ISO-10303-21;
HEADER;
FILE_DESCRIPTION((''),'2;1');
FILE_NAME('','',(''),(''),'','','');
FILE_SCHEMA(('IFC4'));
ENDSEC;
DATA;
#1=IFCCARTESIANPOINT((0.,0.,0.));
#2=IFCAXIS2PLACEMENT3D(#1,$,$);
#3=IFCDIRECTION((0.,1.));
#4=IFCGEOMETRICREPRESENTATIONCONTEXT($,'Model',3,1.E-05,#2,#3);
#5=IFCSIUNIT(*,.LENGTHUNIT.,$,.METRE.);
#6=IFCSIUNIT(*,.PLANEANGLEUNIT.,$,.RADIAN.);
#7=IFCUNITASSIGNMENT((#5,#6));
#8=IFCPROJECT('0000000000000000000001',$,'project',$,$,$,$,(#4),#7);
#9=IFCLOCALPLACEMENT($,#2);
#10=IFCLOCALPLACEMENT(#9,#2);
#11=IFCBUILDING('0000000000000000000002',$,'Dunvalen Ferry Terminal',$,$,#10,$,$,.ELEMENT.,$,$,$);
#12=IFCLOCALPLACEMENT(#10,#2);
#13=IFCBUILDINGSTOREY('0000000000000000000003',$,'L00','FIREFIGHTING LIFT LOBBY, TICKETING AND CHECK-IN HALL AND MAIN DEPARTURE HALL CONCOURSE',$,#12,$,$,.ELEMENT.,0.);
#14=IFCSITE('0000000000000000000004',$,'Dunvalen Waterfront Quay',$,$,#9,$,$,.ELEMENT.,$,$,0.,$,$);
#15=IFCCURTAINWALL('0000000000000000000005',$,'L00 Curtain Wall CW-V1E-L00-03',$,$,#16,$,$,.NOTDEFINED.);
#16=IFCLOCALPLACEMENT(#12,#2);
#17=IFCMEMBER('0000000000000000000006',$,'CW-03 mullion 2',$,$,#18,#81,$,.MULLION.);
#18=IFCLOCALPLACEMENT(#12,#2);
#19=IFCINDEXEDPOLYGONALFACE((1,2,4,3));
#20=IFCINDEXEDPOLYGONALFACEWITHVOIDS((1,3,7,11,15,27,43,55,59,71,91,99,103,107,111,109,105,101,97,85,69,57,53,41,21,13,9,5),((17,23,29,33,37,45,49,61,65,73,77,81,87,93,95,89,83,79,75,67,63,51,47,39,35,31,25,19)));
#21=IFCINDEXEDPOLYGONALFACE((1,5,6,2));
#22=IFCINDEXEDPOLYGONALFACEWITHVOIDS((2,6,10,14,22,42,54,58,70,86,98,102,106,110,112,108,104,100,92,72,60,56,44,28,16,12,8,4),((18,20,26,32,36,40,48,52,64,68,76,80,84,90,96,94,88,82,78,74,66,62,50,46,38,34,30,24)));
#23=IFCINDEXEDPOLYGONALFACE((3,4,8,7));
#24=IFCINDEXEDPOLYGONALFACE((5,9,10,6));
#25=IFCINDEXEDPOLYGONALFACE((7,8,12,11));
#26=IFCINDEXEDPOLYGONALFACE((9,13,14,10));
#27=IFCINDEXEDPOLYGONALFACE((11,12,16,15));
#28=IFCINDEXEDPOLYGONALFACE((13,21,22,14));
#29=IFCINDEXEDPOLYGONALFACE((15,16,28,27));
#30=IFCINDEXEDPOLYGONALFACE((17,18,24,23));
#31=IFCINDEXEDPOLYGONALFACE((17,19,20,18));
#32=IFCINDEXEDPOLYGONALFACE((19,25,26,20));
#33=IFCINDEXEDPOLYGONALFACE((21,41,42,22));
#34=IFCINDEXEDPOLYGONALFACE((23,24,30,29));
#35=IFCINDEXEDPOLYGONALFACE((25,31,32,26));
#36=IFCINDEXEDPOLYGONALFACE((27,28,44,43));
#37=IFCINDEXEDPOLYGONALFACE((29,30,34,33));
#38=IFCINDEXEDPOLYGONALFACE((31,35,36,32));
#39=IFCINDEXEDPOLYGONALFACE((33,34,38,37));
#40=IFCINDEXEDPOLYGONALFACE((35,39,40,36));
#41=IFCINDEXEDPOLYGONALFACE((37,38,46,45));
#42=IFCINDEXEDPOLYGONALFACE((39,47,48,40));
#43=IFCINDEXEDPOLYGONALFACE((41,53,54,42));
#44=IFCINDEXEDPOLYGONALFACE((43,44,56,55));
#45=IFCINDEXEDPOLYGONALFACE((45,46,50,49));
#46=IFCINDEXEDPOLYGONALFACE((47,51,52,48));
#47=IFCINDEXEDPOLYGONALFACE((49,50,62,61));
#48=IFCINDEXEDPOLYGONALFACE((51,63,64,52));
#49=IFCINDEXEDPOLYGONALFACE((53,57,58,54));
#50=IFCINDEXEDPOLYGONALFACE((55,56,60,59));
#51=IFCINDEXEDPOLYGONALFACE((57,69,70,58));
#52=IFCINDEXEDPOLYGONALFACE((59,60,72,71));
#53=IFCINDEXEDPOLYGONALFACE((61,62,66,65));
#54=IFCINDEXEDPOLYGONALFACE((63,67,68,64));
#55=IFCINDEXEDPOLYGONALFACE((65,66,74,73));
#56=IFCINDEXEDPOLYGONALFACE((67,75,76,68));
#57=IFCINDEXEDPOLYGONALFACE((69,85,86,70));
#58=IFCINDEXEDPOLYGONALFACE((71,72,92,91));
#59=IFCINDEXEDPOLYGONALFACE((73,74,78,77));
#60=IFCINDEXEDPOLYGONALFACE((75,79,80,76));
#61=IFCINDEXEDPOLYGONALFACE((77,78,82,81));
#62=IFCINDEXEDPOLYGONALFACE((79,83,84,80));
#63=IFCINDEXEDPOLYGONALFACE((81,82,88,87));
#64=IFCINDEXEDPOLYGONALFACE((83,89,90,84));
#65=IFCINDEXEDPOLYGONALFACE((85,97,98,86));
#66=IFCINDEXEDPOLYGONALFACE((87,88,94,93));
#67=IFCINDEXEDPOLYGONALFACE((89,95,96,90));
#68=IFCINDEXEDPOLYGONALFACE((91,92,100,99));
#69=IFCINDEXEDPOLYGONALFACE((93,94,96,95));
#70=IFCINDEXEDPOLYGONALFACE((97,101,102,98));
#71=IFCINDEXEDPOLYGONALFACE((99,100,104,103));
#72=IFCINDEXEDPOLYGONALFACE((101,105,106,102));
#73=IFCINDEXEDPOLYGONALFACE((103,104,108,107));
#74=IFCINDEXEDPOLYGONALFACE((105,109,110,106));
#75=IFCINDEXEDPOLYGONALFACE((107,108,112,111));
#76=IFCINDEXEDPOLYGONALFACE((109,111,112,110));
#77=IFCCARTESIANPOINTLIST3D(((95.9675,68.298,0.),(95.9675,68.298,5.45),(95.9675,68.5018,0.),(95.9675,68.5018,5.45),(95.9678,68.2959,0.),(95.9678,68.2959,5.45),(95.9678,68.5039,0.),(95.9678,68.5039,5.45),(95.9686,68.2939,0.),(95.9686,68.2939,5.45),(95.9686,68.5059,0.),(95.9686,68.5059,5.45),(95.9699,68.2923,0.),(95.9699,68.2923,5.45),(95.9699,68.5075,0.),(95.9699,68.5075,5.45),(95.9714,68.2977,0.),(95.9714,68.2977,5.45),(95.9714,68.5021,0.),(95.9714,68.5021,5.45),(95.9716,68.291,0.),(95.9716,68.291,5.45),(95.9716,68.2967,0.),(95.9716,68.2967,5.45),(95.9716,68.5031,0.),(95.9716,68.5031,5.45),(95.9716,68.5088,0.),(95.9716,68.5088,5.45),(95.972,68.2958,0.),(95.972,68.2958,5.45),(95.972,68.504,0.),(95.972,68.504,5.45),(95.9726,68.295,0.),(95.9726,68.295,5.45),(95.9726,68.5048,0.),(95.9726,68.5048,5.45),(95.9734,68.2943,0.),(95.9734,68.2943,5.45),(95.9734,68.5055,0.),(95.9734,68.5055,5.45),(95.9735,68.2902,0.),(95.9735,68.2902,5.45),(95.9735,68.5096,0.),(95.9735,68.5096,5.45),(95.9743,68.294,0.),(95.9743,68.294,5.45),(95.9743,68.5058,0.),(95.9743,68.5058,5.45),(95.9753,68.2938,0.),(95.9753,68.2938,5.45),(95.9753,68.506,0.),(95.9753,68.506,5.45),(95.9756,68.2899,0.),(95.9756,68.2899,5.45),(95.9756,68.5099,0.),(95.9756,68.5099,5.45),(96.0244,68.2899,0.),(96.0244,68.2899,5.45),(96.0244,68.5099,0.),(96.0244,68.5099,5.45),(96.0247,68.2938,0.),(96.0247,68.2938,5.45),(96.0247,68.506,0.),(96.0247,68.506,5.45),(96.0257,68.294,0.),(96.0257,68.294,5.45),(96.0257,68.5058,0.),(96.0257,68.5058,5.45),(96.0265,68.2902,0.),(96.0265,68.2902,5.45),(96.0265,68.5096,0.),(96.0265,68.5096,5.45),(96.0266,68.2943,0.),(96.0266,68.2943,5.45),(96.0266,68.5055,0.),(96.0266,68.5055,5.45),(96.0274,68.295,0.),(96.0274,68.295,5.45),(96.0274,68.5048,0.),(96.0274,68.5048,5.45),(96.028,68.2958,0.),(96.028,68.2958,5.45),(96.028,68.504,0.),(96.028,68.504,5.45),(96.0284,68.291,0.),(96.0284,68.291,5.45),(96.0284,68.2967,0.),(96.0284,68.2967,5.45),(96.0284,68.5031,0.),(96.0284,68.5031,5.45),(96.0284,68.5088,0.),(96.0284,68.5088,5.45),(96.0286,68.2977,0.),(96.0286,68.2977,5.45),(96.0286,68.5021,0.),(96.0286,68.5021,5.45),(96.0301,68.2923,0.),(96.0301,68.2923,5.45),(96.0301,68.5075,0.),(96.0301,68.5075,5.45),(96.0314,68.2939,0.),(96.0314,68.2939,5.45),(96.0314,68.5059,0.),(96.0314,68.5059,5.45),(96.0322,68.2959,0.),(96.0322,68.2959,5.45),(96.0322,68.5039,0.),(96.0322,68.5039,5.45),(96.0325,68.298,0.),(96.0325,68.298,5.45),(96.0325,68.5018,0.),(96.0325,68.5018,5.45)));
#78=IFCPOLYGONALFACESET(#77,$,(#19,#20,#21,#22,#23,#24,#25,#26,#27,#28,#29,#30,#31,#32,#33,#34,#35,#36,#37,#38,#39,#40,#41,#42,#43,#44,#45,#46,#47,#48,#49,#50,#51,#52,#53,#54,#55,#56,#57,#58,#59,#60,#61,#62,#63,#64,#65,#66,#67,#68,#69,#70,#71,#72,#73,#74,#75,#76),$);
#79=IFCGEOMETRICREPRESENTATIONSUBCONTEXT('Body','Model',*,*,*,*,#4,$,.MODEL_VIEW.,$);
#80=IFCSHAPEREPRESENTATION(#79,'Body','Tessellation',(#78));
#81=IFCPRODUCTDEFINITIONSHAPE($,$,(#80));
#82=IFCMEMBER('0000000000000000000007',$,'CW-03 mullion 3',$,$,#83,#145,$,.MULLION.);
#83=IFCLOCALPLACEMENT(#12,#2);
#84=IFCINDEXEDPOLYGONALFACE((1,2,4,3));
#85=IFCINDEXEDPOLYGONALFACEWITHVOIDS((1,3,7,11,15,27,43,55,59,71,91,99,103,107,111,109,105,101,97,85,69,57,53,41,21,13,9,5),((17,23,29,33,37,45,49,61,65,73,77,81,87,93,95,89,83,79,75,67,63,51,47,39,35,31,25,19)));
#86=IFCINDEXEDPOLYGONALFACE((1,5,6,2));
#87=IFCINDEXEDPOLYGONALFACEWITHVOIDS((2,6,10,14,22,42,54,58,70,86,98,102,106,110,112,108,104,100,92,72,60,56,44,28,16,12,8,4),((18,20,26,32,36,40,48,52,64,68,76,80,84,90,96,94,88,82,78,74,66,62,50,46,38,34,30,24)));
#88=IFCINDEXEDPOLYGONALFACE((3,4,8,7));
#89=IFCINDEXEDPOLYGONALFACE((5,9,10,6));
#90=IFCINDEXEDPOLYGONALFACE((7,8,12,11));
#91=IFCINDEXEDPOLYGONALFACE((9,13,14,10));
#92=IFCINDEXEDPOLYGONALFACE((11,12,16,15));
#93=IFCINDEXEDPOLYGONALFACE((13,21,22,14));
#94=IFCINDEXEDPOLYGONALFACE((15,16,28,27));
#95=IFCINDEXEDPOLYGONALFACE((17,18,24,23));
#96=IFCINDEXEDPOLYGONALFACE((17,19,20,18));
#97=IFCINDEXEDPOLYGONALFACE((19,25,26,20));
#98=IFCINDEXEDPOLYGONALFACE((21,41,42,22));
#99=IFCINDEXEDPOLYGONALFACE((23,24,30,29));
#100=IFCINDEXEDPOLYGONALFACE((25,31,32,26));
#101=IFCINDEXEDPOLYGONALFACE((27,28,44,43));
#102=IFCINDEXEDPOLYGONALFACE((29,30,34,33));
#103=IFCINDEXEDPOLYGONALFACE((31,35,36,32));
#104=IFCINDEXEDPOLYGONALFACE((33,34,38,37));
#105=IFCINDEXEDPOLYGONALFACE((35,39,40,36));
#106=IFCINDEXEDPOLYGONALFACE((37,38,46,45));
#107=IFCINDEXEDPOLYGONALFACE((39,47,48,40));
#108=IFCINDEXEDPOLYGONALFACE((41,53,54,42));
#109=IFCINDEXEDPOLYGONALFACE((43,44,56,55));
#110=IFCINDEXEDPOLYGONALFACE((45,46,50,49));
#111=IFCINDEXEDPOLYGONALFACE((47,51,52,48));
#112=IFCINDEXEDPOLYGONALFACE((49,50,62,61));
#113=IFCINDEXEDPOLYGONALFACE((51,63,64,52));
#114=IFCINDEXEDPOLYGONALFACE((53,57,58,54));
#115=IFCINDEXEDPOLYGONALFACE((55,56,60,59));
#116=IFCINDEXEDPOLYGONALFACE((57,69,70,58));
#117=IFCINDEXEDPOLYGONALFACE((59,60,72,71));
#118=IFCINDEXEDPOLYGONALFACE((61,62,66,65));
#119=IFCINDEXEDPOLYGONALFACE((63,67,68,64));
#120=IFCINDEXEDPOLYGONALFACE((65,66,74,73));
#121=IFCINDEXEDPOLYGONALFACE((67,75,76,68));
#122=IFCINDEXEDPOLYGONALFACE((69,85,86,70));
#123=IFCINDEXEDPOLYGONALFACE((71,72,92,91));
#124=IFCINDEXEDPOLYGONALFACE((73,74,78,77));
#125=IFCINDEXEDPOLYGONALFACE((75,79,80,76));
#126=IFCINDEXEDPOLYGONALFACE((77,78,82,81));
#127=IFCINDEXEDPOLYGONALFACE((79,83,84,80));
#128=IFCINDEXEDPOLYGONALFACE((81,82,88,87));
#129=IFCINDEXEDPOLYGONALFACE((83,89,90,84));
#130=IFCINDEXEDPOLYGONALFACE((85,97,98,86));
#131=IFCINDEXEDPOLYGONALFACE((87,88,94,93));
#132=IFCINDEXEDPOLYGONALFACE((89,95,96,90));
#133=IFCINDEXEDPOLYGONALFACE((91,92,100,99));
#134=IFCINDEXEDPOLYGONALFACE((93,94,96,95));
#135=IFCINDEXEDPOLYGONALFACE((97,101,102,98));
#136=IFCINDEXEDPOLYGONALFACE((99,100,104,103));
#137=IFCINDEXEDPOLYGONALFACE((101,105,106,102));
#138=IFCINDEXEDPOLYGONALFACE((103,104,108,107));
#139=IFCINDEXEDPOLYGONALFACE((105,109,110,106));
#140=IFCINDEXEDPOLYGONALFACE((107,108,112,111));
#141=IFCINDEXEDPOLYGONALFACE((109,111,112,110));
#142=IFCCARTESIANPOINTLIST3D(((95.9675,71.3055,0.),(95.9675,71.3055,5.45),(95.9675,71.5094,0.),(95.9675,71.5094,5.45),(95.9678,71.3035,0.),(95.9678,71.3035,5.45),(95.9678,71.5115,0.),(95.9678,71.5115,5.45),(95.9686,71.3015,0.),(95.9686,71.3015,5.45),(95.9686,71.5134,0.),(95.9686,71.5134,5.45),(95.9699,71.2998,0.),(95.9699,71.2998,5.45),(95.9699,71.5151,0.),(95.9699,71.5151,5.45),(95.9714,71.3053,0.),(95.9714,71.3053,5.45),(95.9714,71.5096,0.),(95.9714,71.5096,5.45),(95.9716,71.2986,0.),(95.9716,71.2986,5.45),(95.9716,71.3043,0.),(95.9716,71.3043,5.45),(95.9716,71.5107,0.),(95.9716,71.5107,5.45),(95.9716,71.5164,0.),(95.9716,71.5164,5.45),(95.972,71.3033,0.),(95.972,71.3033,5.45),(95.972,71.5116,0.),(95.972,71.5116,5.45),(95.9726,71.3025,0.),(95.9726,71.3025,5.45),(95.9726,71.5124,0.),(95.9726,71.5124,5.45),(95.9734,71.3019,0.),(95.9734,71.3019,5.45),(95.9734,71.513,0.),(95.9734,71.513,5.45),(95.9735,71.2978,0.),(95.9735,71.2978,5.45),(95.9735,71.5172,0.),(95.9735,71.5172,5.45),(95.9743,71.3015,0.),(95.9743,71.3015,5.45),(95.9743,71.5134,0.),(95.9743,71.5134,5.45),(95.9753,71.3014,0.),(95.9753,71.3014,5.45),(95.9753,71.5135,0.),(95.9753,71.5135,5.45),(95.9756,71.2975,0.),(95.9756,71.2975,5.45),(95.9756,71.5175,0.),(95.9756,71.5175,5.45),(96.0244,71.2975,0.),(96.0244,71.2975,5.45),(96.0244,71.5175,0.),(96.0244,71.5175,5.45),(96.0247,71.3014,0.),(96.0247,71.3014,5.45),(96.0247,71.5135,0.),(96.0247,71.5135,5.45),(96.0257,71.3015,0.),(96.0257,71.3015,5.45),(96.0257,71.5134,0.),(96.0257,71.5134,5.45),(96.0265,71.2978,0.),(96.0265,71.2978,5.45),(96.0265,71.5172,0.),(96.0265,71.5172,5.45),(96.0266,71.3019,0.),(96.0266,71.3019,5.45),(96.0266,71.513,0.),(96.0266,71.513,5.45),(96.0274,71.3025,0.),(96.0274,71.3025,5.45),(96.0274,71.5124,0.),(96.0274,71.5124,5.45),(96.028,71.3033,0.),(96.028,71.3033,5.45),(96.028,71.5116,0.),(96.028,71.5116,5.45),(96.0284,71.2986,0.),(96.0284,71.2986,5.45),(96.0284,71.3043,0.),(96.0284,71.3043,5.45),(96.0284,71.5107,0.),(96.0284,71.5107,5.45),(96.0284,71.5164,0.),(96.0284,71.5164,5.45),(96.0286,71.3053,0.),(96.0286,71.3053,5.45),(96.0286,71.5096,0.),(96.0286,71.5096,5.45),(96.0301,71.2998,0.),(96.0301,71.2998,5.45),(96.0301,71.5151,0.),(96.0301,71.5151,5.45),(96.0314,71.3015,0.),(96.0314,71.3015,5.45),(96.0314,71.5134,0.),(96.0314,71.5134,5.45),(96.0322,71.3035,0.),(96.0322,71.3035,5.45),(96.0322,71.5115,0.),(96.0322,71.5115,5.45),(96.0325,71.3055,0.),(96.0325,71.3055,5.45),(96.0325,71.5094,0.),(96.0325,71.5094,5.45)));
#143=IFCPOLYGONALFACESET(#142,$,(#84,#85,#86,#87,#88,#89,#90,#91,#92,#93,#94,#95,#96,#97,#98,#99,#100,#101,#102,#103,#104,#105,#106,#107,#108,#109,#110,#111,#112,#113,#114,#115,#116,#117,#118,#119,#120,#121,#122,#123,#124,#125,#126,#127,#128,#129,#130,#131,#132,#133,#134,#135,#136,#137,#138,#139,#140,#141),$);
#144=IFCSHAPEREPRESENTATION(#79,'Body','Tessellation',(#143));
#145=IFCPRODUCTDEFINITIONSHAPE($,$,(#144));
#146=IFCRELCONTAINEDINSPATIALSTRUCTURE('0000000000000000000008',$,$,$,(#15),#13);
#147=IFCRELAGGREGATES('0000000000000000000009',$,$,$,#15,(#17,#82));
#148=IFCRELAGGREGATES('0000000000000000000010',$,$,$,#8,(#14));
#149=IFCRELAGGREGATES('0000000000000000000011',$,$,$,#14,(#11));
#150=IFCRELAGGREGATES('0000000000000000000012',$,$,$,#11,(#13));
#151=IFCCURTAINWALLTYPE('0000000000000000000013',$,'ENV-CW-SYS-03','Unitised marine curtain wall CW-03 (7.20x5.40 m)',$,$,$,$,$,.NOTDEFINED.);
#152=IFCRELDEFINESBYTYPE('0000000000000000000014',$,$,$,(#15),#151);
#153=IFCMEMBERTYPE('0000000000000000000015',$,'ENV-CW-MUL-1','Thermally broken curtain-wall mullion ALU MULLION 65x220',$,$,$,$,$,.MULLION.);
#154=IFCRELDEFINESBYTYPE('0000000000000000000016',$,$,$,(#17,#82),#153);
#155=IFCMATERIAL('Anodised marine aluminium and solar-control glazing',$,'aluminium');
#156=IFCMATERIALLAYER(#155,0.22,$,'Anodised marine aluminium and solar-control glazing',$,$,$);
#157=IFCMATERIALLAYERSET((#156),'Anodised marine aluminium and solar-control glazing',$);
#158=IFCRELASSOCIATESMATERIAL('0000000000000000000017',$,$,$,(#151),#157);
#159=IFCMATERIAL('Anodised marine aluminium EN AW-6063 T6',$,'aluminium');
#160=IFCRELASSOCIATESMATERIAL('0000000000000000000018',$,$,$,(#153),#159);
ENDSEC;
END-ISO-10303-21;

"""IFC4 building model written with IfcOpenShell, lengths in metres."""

from ifc_helpers import new_model, si_unit, direction, frame, origin, origin_2d, place, context, subcontext, project, spatial, hollow_rectangle, extrude, material, layer, layer_set, material_profile, profile_set, type_object, element, aggregate, save


model = new_model("IFC4")

# Units and contexts
model_context = context("Model", 3, precision=1e-05, world=origin(), true_north=direction((0.0, 1.0)))
body_context = subcontext(model_context, "Body", "Model", "MODEL_VIEW")
ifc_project = project(units=[si_unit("LENGTHUNIT", "METRE"), si_unit("PLANEANGLEUNIT", "RADIAN")], contexts=[model_context])

# Site, building, storey
site_placement = place(None, origin())
site = spatial("IfcSite", under=ifc_project, at=site_placement, Name="Dunvalen Waterfront Quay", CompositionType="ELEMENT", RefElevation=0.0)
building_placement = place(site_placement, origin())
building = spatial("IfcBuilding", under=site, at=building_placement, Name="Dunvalen Ferry Terminal", CompositionType="ELEMENT")
storey_placement = place(building_placement, origin())
storey = spatial("IfcBuildingStorey", under=building, at=storey_placement, Name="L00", Description="FIREFIGHTING LIFT LOBBY, TICKETING AND CHECK-IN HALL AND MAIN DEPARTURE HALL CONCOURSE", CompositionType="ELEMENT", Elevation=0.0)

# Curtain wall, members
ifc_material_1 = material(Name="Anodised marine aluminium and solar-control glazing", Category="aluminium")
ifc_layer_1 = layer(ifc_material_1, 0.22, Name="Anodised marine aluminium and solar-control glazing")
ifc_layer_set_1 = layer_set([ifc_layer_1], Name="Anodised marine aluminium and solar-control glazing")
curtain_wall_type = type_object("IfcCurtainWallType", Name="ENV-CW-SYS-03", Description="Unitised marine curtain wall CW-03 (7.20x5.40 m)", PredefinedType="NOTDEFINED", material=ifc_layer_set_1)
curtain_wall_1_placement = place(storey_placement, origin())
curtain_wall_1 = element("IfcCurtainWall", 1, at=curtain_wall_1_placement, inside=storey, type_object=curtain_wall_type, Name="L00 Curtain Wall CW-V1E-L00-03", PredefinedType="NOTDEFINED")
ifc_material_2 = material(Name="Anodised marine aluminium EN AW-6063 T6", Category="aluminium")
ifc_material_profile_1 = material_profile(ifc_material_2, hollow_rectangle(XDim=0.0649, YDim=0.22, WallThickness=0.0039, InnerFilletRadius=0.0039, OuterFilletRadius=0.0081, at=origin_2d()), Name="Anodised marine aluminium EN AW-6063 T6")
ifc_profile_set_1 = profile_set([ifc_material_profile_1], Name="Anodised marine aluminium EN AW-6063 T6")
member_type_1 = type_object("IfcMemberType", Name="ENV-CW-MUL-1", Description="Thermally broken curtain-wall mullion ALU MULLION 65x220", PredefinedType="MULLION", material=ifc_profile_set_1)
member_1_placement = place(storey_placement, frame((96.0, 68.3999, 0.0), z_axis=(0.0, 0.0, 1.0), x_axis=(-1.0, 0.0, 0.0)))
member_1 = element("IfcMember", 2, at=member_1_placement, type_object=member_type_1, Name="CW-03 mullion 2", PredefinedType="MULLION", context=body_context, shape_type="SweptSolid", body=[
    extrude(hollow_rectangle(XDim=0.0649, YDim=0.22, WallThickness=0.0039, InnerFilletRadius=0.0039, OuterFilletRadius=0.0081, at=origin_2d()), origin(), (0.0, 0.0, 1.0), 5.45),
])
member_2_placement = place(storey_placement, frame((96.0, 71.4075, 0.0), z_axis=(0.0, 0.0, 1.0), x_axis=(-1.0, 0.0, 0.0)))
member_2 = element("IfcMember", 3, at=member_2_placement, type_object=member_type_1, Name="CW-03 mullion 3", PredefinedType="MULLION", context=body_context, shape_type="SweptSolid", body=[
    extrude(hollow_rectangle(XDim=0.0649, YDim=0.22, WallThickness=0.0039, InnerFilletRadius=0.0039, OuterFilletRadius=0.0081, at=origin_2d()), origin(), (0.0, 0.0, 1.0), 5.45),
])

aggregate(curtain_wall_1, [member_1, member_2])

save(model, "model.ifc")
